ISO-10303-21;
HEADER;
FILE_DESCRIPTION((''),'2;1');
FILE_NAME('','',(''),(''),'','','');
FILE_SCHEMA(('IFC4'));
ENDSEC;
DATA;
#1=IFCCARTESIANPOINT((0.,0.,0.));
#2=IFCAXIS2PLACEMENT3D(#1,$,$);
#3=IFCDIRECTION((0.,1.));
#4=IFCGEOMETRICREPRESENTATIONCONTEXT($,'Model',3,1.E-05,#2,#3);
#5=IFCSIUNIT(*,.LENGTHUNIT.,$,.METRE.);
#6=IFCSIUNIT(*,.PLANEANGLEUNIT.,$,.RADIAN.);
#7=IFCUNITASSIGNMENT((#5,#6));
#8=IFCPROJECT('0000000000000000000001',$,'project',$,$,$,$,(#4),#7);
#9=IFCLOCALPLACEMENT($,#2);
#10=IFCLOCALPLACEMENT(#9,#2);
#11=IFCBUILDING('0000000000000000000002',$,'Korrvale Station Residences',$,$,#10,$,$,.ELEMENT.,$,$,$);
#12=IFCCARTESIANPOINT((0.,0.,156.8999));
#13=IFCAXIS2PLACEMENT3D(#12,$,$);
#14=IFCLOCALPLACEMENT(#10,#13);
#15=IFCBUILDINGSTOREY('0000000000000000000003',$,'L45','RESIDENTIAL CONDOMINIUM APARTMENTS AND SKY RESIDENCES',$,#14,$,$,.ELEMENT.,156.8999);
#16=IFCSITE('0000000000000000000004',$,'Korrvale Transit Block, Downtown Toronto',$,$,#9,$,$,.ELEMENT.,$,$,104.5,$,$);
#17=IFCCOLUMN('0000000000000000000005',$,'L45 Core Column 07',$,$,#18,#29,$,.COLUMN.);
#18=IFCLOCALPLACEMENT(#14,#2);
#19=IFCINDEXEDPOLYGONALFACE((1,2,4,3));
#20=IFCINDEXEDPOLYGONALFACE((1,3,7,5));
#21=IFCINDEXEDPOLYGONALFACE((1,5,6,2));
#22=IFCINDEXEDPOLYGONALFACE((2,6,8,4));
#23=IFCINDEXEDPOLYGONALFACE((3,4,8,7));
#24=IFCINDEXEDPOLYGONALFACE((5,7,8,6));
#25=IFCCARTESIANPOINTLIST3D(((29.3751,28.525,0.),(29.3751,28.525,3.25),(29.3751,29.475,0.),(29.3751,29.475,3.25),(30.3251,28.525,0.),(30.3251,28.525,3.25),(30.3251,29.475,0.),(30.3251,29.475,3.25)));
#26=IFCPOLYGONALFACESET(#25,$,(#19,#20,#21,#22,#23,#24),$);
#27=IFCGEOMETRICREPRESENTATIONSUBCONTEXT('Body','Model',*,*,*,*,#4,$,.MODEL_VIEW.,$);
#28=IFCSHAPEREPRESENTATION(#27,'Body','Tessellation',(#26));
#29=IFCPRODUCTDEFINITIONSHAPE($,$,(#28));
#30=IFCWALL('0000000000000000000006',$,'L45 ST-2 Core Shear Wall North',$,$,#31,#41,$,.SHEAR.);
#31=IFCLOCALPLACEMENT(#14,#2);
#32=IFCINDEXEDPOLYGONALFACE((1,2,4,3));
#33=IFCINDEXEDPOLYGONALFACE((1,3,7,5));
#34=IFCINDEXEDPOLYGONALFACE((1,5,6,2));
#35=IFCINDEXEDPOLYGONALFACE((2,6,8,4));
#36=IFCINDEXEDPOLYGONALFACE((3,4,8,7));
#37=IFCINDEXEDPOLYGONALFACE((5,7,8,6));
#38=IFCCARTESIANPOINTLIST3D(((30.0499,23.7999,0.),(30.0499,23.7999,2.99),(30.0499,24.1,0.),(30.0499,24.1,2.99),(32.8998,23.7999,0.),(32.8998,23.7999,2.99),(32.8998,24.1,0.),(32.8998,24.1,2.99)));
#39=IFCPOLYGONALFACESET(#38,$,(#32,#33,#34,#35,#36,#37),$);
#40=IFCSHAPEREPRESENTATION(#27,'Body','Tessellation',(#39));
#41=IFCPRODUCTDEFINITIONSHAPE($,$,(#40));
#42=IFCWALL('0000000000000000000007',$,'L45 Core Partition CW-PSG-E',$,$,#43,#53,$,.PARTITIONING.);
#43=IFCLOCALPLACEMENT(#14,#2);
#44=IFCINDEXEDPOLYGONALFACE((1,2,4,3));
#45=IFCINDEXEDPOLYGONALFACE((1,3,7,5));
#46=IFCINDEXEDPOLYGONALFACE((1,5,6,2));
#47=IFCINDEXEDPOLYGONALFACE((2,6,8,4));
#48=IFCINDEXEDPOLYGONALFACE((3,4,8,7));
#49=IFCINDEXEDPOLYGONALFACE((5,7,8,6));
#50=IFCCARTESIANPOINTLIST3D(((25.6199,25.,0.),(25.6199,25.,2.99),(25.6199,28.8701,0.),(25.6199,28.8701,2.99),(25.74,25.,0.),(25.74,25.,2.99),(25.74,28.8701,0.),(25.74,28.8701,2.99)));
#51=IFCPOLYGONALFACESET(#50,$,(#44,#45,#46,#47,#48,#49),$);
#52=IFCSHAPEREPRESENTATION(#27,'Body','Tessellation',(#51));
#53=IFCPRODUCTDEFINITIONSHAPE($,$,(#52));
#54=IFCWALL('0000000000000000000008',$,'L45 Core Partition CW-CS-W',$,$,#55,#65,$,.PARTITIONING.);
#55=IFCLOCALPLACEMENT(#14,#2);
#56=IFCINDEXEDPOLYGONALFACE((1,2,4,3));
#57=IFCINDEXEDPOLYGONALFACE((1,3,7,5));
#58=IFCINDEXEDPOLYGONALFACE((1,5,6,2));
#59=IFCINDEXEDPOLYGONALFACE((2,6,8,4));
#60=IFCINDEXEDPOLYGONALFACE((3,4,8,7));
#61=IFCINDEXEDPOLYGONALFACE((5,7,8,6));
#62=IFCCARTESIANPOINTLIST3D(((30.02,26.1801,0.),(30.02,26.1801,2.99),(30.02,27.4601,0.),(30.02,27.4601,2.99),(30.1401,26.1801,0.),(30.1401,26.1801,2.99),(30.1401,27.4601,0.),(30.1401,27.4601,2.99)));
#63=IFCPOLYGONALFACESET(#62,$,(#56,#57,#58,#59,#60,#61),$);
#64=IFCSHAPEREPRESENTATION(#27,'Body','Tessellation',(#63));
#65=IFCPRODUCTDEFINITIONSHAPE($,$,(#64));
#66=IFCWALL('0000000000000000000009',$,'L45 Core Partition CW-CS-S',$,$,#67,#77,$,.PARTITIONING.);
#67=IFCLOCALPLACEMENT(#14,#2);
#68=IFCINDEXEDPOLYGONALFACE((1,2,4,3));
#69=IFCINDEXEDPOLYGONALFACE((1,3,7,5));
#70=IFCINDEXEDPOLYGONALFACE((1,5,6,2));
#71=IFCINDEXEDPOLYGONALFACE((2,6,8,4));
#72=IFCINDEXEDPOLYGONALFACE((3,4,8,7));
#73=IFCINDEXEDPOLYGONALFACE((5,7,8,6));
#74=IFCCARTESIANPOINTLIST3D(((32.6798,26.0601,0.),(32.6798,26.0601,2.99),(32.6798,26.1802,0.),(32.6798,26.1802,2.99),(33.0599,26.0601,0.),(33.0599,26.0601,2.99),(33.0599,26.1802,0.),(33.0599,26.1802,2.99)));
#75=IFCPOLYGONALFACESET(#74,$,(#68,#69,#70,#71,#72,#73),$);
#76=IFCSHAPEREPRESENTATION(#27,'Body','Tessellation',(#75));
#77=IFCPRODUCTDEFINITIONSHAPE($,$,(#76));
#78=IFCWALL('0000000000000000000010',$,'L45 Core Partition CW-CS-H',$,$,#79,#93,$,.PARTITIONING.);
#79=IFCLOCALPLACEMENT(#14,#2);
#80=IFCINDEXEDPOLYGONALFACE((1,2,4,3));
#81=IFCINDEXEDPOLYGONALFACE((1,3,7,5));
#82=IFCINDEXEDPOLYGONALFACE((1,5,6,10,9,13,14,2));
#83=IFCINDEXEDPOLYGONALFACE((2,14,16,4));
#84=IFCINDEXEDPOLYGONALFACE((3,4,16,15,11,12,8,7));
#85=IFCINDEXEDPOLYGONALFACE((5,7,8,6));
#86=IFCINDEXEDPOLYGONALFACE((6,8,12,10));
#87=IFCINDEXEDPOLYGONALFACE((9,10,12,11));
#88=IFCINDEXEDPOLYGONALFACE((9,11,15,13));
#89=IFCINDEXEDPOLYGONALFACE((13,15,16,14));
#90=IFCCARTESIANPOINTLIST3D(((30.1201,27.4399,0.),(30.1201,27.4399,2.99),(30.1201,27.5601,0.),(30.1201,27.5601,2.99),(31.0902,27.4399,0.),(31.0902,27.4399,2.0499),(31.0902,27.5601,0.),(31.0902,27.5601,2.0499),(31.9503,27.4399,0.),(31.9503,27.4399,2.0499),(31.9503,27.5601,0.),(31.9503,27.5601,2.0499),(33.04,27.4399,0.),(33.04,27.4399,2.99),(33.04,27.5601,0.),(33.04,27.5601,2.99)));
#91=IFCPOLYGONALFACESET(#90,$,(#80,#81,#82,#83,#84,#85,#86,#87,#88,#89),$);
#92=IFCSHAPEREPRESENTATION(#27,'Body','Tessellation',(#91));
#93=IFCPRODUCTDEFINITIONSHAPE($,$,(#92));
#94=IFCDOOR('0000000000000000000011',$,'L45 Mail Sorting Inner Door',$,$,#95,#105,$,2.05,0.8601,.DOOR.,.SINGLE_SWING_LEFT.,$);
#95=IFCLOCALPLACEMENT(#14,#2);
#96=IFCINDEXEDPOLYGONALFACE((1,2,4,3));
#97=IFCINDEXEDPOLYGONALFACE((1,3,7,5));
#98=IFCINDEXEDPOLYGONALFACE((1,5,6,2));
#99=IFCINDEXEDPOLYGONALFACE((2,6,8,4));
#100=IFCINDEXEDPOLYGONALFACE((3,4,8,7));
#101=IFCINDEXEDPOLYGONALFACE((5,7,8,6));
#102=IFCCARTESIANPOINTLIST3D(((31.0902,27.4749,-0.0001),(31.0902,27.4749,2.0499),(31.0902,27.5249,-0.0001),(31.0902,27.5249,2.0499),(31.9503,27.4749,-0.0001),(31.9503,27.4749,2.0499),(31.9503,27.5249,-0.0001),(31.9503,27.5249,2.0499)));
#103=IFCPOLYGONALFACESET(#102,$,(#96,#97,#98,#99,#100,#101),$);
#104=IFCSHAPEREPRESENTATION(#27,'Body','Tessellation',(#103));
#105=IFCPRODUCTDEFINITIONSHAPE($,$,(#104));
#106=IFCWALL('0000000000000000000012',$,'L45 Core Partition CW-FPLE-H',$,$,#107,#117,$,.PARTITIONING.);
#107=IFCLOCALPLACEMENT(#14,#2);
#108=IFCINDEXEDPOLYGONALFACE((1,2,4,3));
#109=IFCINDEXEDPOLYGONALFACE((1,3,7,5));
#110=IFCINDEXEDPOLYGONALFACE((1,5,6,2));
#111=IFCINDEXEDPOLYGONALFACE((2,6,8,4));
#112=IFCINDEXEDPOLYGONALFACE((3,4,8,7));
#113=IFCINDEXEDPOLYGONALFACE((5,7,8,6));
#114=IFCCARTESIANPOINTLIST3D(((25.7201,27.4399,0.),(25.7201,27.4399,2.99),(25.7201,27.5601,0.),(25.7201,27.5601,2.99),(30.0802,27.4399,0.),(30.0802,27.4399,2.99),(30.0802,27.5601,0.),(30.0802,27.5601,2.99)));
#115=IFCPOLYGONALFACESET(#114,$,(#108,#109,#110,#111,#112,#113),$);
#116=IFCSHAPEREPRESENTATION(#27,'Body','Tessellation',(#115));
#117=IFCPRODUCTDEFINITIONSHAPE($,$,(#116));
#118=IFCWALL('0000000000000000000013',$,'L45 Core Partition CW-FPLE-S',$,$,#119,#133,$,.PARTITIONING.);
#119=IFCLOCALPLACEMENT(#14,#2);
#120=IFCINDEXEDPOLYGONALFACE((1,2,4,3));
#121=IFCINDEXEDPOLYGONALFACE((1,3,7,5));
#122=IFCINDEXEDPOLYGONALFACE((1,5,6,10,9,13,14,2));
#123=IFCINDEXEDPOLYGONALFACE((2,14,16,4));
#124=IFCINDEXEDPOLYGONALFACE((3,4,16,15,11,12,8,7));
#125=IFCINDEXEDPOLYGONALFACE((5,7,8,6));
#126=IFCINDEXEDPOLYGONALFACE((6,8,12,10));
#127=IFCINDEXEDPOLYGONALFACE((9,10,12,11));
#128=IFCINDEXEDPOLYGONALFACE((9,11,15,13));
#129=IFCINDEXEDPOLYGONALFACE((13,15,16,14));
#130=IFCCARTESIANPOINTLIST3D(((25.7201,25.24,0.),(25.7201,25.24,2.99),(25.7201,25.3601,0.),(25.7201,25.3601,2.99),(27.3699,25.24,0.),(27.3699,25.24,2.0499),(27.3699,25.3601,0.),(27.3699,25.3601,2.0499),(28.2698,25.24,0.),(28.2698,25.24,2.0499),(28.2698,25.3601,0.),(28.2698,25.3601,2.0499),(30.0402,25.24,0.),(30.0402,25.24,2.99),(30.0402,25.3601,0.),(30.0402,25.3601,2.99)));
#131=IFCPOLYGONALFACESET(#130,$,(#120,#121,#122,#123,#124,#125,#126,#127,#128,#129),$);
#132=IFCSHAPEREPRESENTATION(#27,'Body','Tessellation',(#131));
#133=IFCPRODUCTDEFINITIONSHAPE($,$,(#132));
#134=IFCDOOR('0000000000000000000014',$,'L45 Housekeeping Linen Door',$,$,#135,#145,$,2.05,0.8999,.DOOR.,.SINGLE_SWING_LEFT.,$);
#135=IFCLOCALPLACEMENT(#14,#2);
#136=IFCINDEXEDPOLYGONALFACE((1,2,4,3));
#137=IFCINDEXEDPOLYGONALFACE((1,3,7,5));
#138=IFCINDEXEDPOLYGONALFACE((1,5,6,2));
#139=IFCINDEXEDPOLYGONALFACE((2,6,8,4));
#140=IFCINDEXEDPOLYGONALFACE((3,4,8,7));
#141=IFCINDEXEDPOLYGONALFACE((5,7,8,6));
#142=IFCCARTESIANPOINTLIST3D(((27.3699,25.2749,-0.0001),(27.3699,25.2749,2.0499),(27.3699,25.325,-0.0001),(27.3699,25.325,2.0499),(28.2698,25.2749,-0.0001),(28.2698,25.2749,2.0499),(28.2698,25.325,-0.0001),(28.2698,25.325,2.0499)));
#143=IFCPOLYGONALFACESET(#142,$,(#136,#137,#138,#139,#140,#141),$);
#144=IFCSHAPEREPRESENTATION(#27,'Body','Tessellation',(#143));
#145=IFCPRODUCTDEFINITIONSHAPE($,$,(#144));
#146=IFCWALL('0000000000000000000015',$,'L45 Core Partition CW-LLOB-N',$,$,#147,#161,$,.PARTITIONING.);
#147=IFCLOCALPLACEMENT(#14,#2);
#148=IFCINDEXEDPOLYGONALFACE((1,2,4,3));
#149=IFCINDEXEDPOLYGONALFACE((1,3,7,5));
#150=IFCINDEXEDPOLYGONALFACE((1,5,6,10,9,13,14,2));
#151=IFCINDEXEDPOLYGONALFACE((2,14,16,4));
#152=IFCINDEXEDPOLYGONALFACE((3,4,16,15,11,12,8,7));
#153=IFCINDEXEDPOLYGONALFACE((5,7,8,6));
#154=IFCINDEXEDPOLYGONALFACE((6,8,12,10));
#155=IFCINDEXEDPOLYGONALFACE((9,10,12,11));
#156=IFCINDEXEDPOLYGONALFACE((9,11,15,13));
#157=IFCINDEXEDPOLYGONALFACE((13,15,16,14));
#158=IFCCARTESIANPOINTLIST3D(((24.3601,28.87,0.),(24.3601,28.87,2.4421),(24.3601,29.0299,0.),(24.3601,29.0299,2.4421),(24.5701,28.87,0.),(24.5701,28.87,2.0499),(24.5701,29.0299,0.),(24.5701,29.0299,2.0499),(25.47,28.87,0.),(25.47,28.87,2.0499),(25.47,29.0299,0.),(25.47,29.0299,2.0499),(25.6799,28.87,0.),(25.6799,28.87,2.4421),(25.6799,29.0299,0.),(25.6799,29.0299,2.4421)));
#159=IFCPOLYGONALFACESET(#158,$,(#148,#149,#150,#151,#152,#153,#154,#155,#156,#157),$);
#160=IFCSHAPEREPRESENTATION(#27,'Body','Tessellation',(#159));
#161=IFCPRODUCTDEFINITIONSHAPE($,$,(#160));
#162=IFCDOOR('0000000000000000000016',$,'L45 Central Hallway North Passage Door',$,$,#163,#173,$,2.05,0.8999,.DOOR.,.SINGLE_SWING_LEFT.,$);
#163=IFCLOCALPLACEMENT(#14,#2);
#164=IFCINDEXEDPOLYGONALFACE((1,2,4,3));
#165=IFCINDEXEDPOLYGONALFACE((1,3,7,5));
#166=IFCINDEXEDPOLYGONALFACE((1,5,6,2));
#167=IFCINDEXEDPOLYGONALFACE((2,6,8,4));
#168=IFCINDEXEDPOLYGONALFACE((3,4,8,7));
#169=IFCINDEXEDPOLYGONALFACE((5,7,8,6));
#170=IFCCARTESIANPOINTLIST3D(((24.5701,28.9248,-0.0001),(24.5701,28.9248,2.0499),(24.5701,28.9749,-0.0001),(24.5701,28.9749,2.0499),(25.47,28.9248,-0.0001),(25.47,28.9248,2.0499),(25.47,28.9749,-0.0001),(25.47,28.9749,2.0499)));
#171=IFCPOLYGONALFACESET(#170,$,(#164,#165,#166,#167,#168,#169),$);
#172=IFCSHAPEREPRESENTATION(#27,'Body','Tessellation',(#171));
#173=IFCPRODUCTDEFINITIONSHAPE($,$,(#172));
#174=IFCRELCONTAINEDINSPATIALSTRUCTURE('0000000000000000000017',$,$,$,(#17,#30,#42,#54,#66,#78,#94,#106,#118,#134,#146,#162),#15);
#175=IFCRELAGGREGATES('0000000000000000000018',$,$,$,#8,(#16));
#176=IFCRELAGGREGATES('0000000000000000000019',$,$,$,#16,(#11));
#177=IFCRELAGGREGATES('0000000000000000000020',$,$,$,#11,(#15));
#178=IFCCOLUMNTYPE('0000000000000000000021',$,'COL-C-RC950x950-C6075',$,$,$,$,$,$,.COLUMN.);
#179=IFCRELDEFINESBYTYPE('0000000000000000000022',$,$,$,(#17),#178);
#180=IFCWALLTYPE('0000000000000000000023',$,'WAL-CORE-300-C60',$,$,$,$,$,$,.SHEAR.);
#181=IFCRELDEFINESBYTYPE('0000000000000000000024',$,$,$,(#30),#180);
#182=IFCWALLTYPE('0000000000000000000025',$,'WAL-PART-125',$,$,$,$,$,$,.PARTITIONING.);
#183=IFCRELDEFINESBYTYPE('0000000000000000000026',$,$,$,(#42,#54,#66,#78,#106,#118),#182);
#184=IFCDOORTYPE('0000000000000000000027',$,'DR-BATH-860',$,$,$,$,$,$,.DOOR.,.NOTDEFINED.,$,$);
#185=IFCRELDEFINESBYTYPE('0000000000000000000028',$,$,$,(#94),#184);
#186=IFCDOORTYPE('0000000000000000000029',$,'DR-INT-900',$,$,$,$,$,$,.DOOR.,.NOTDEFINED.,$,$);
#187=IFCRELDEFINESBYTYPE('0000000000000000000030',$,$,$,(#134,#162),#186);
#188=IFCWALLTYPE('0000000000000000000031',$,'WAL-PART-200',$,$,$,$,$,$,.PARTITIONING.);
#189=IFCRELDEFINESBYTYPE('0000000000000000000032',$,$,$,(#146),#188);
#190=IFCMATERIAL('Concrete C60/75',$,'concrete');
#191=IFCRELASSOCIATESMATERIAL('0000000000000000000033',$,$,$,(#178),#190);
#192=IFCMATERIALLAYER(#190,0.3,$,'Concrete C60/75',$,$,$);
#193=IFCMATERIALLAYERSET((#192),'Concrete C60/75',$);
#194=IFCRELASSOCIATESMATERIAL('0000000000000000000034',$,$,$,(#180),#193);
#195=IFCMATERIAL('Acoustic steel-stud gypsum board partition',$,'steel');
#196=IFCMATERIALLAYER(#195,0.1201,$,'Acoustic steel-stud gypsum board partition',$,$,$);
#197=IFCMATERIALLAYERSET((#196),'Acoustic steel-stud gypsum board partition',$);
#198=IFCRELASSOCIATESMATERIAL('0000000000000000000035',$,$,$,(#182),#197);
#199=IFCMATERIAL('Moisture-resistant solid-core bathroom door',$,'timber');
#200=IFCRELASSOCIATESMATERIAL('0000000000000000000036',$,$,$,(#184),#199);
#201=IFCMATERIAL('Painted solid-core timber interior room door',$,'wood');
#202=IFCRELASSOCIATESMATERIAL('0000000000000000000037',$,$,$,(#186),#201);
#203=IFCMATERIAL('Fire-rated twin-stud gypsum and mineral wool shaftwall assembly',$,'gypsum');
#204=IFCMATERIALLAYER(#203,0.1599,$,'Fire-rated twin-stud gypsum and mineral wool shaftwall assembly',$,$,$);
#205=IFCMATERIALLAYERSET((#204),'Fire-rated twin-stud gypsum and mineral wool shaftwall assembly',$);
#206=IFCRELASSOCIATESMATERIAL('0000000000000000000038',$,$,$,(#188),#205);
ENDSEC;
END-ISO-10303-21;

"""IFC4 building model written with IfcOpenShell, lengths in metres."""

from ifc_helpers import new_model, si_unit, direction, frame, frame_2d, origin, origin_2d, place, context, subcontext, project, spatial, rectangle, extrude, material, layer, layer_set, material_profile, profile_set, type_object, element, fill, save


model = new_model("IFC4")

# Units and contexts
model_context = context("Model", 3, precision=1e-05, world=origin(), true_north=direction((0.0, 1.0)))
body_context = subcontext(model_context, "Body", "Model", "MODEL_VIEW")
ifc_project = project(units=[si_unit("LENGTHUNIT", "METRE"), si_unit("PLANEANGLEUNIT", "RADIAN")], contexts=[model_context])

# Site, building, storey
site_placement = place(None, origin())
site = spatial("IfcSite", under=ifc_project, at=site_placement, Name="Korrvale Transit Block, Downtown Toronto", CompositionType="ELEMENT", RefElevation=104.5)
building_placement = place(site_placement, origin())
building = spatial("IfcBuilding", under=site, at=building_placement, Name="Korrvale Station Residences", CompositionType="ELEMENT")
storey_placement = place(building_placement, frame((0.0, 0.0, 156.8999)))
storey = spatial("IfcBuildingStorey", under=building, at=storey_placement, Name="L45", Description="RESIDENTIAL CONDOMINIUM APARTMENTS AND SKY RESIDENCES", CompositionType="ELEMENT", Elevation=156.8999)

# Column
ifc_material_1 = material(Name="Concrete C60/75", Category="concrete")
ifc_material_profile = material_profile(ifc_material_1, rectangle(XDim=0.95, YDim=0.95, at=origin_2d()), Name="RC950x950")
ifc_profile_set = profile_set([ifc_material_profile], Name="Concrete C60/75")
column_type = type_object("IfcColumnType", Name="COL-C-RC950x950-C6075", PredefinedType="COLUMN", material=ifc_profile_set)
column_placement = place(storey_placement, frame((29.8501, 29.0, 0.0), z_axis=(0.0, 0.0, 1.0), x_axis=(1.0, 0.0, 0.0)))
element("IfcColumn", 1, at=column_placement, inside=storey, type_object=column_type, Name="L45 Core Column 07", PredefinedType="COLUMN", context=body_context, shape_type="SweptSolid", body=[
    extrude(rectangle(XDim=0.95, YDim=0.95, at=origin_2d()), origin(), (0.0, 0.0, 1.0), 3.25),
])

# Walls
ifc_layer_1 = layer(ifc_material_1, 0.3, Name="Concrete C60/75")
ifc_layer_set_1 = layer_set([ifc_layer_1], Name="Concrete C60/75")
wall_type_1 = type_object("IfcWallType", Name="WAL-CORE-300-C60", PredefinedType="SHEAR", material=ifc_layer_set_1)
wall_1_placement = place(storey_placement, frame((30.05, 23.95, 0.0), z_axis=(0.0, 0.0, 1.0), x_axis=(1.0, 0.0, 0.0)))
element("IfcWall", 2, at=wall_1_placement, inside=storey, type_object=wall_type_1, Name="L45 ST-2 Core Shear Wall North", PredefinedType="SHEAR", context=body_context, shape_type="SweptSolid", body=[
    extrude(rectangle(XDim=2.8499, YDim=0.3, at=frame_2d((1.4248, 0.0))), origin(), (0.0, 0.0, 1.0), 2.99),
])
ifc_material_2 = material(Name="Acoustic steel-stud gypsum board partition", Category="steel")
ifc_layer_2 = layer(ifc_material_2, 0.1201, Name="Acoustic steel-stud gypsum board partition")
ifc_layer_set_2 = layer_set([ifc_layer_2], Name="Acoustic steel-stud gypsum board partition")
wall_type_2 = type_object("IfcWallType", Name="WAL-PART-125", PredefinedType="PARTITIONING", material=ifc_layer_set_2)
wall_2_placement = place(storey_placement, frame((25.6799, 25.0, 0.0), z_axis=(0.0, 0.0, 1.0), x_axis=(0.0, 1.0, 0.0)))
element("IfcWall", 3, at=wall_2_placement, inside=storey, type_object=wall_type_2, Name="L45 Core Partition CW-PSG-E", PredefinedType="PARTITIONING", context=body_context, shape_type="SweptSolid", body=[
    extrude(rectangle(XDim=3.8701, YDim=0.1201, at=frame_2d((1.9351, 0.0))), origin(), (0.0, 0.0, 1.0), 2.99),
])
wall_3_placement = place(storey_placement, frame((30.0801, 26.1799, 0.0), z_axis=(0.0, 0.0, 1.0), x_axis=(0.0, 1.0, 0.0)))
element("IfcWall", 4, at=wall_3_placement, inside=storey, type_object=wall_type_2, Name="L45 Core Partition CW-CS-W", PredefinedType="PARTITIONING", context=body_context, shape_type="SweptSolid", body=[
    extrude(rectangle(XDim=1.28, YDim=0.1201, at=frame_2d((0.6401, 0.0))), origin(), (0.0, 0.0, 1.0), 2.99),
])
wall_4_placement = place(storey_placement, frame((32.6799, 26.1201, 0.0), z_axis=(0.0, 0.0, 1.0), x_axis=(1.0, 0.0, 0.0)))
element("IfcWall", 5, at=wall_4_placement, inside=storey, type_object=wall_type_2, Name="L45 Core Partition CW-CS-S", PredefinedType="PARTITIONING", context=body_context, shape_type="SweptSolid", body=[
    extrude(rectangle(XDim=0.3801, YDim=0.1201, at=frame_2d((0.1899, 0.0))), origin(), (0.0, 0.0, 1.0), 2.99),
])

# Wall, opening, door
wall_5_placement = place(storey_placement, frame((30.1201, 27.5, 0.0), z_axis=(0.0, 0.0, 1.0), x_axis=(1.0, 0.0, 0.0)))
wall_5 = element("IfcWall", 6, at=wall_5_placement, inside=storey, type_object=wall_type_2, Name="L45 Core Partition CW-CS-H", PredefinedType="PARTITIONING", context=body_context, shape_type="SweptSolid", body=[
    extrude(rectangle(XDim=2.9199, YDim=0.1201, at=frame_2d((1.46, 0.0))), origin(), (0.0, 0.0, 1.0), 2.99),
])
opening_1_placement = place(wall_5_placement, frame((0.97, 0.0, 0.0)))
opening_1 = element("IfcOpeningElement", 7, at=opening_1_placement, cuts=wall_5, PredefinedType="OPENING", context=body_context, shape_type="SweptSolid", body=[
    extrude(rectangle(XDim=0.8601, YDim=2.05, at=frame_2d((0.4302, 1.0249))), frame((0.0, 0.0701, 0.0), z_axis=(0.0, -1.0, 0.0), x_axis=(1.0, 0.0, 0.0)), (0.0, 0.0, 1.0), 0.1401),
])
ifc_material_3 = material(Name="Moisture-resistant solid-core bathroom door", Category="timber")
door_type_1 = type_object("IfcDoorType", Name="DR-BATH-860", OperationType="NOTDEFINED", PredefinedType="DOOR", material=ifc_material_3)
door_1_placement = place(opening_1_placement, origin())
door_1 = element("IfcDoor", 8, at=door_1_placement, inside=storey, type_object=door_type_1, Name="L45 Mail Sorting Inner Door", OperationType="SINGLE_SWING_LEFT", OverallHeight=2.05, OverallWidth=0.8601, PredefinedType="DOOR", context=body_context, shape_type="SweptSolid", body=[
    extrude(rectangle(XDim=0.8601, YDim=2.05, at=frame_2d((0.4302, 1.0249))), frame((0.0, 0.0249, 0.0), z_axis=(0.0, -1.0, 0.0), x_axis=(1.0, 0.0, 0.0)), (0.0, 0.0, 1.0), 0.05),
])
fill(opening_1, door_1)

# Wall
wall_6_placement = place(storey_placement, frame((25.72, 27.5, 0.0), z_axis=(0.0, 0.0, 1.0), x_axis=(1.0, 0.0, 0.0)))
element("IfcWall", 9, at=wall_6_placement, inside=storey, type_object=wall_type_2, Name="L45 Core Partition CW-FPLE-H", PredefinedType="PARTITIONING", context=body_context, shape_type="SweptSolid", body=[
    extrude(rectangle(XDim=4.3601, YDim=0.1201, at=frame_2d((2.1802, 0.0))), origin(), (0.0, 0.0, 1.0), 2.99),
])

# Walls, openings, doors
wall_7_placement = place(storey_placement, frame((25.72, 25.3, 0.0), z_axis=(0.0, 0.0, 1.0), x_axis=(1.0, 0.0, 0.0)))
wall_7 = element("IfcWall", 10, at=wall_7_placement, inside=storey, type_object=wall_type_2, Name="L45 Core Partition CW-FPLE-S", PredefinedType="PARTITIONING", context=body_context, shape_type="SweptSolid", body=[
    extrude(rectangle(XDim=4.3201, YDim=0.1201, at=frame_2d((2.1602, 0.0))), origin(), (0.0, 0.0, 1.0), 2.99),
])
opening_2_placement = place(wall_7_placement, frame((1.6499, 0.0, 0.0)))
opening_2 = element("IfcOpeningElement", 11, at=opening_2_placement, cuts=wall_7, PredefinedType="OPENING", context=body_context, shape_type="SweptSolid", body=[
    extrude(rectangle(XDim=0.8999, YDim=2.05, at=frame_2d((0.45, 1.0249))), frame((0.0, 0.0701, 0.0), z_axis=(0.0, -1.0, 0.0), x_axis=(1.0, 0.0, 0.0)), (0.0, 0.0, 1.0), 0.1401),
])
ifc_material_4 = material(Name="Painted solid-core timber interior room door", Category="wood")
door_type_2 = type_object("IfcDoorType", Name="DR-INT-900", OperationType="NOTDEFINED", PredefinedType="DOOR", material=ifc_material_4)
door_2_placement = place(opening_2_placement, origin())
door_2 = element("IfcDoor", 12, at=door_2_placement, inside=storey, type_object=door_type_2, Name="L45 Housekeeping Linen Door", OperationType="SINGLE_SWING_LEFT", OverallHeight=2.05, OverallWidth=0.8999, PredefinedType="DOOR", context=body_context, shape_type="SweptSolid", body=[
    extrude(rectangle(XDim=0.8999, YDim=2.05, at=frame_2d((0.45, 1.0249))), frame((0.0, 0.0249, 0.0), z_axis=(0.0, -1.0, 0.0), x_axis=(1.0, 0.0, 0.0)), (0.0, 0.0, 1.0), 0.05),
])
fill(opening_2, door_2)
ifc_material_5 = material(Name="Fire-rated twin-stud gypsum and mineral wool shaftwall assembly", Category="gypsum")
ifc_layer_3 = layer(ifc_material_5, 0.1599, Name="Fire-rated twin-stud gypsum and mineral wool shaftwall assembly")
ifc_layer_set_3 = layer_set([ifc_layer_3], Name="Fire-rated twin-stud gypsum and mineral wool shaftwall assembly")
wall_type_3 = type_object("IfcWallType", Name="WAL-PART-200", PredefinedType="PARTITIONING", material=ifc_layer_set_3)
wall_8_placement = place(storey_placement, frame((24.3601, 28.95, 0.0), z_axis=(0.0, 0.0, 1.0), x_axis=(1.0, 0.0, 0.0)))
wall_8 = element("IfcWall", 13, at=wall_8_placement, inside=storey, type_object=wall_type_3, Name="L45 Core Partition CW-LLOB-N", PredefinedType="PARTITIONING", context=body_context, shape_type="SweptSolid", body=[
    extrude(rectangle(XDim=1.3198, YDim=0.1599, at=frame_2d((0.6599, 0.0))), origin(), (0.0, 0.0, 1.0), 2.4421),
])
opening_3_placement = place(wall_8_placement, frame((0.21, 0.0, 0.0)))
opening_3 = element("IfcOpeningElement", 14, at=opening_3_placement, cuts=wall_8, PredefinedType="OPENING", context=body_context, shape_type="SweptSolid", body=[
    extrude(rectangle(XDim=0.8999, YDim=2.05, at=frame_2d((0.45, 1.0249))), frame((0.0, 0.0898, 0.0), z_axis=(0.0, -1.0, 0.0), x_axis=(1.0, 0.0, 0.0)), (0.0, 0.0, 1.0), 0.1799),
])
door_3_placement = place(opening_3_placement, origin())
door_3 = element("IfcDoor", 15, at=door_3_placement, inside=storey, type_object=door_type_2, Name="L45 Central Hallway North Passage Door", OperationType="SINGLE_SWING_LEFT", OverallHeight=2.05, OverallWidth=0.8999, PredefinedType="DOOR", context=body_context, shape_type="SweptSolid", body=[
    extrude(rectangle(XDim=0.8999, YDim=2.05, at=frame_2d((0.45, 1.0249))), frame((0.0, 0.0249, 0.0), z_axis=(0.0, -1.0, 0.0), x_axis=(1.0, 0.0, 0.0)), (0.0, 0.0, 1.0), 0.05),
])
fill(opening_3, door_3)

save(model, "model.ifc")
